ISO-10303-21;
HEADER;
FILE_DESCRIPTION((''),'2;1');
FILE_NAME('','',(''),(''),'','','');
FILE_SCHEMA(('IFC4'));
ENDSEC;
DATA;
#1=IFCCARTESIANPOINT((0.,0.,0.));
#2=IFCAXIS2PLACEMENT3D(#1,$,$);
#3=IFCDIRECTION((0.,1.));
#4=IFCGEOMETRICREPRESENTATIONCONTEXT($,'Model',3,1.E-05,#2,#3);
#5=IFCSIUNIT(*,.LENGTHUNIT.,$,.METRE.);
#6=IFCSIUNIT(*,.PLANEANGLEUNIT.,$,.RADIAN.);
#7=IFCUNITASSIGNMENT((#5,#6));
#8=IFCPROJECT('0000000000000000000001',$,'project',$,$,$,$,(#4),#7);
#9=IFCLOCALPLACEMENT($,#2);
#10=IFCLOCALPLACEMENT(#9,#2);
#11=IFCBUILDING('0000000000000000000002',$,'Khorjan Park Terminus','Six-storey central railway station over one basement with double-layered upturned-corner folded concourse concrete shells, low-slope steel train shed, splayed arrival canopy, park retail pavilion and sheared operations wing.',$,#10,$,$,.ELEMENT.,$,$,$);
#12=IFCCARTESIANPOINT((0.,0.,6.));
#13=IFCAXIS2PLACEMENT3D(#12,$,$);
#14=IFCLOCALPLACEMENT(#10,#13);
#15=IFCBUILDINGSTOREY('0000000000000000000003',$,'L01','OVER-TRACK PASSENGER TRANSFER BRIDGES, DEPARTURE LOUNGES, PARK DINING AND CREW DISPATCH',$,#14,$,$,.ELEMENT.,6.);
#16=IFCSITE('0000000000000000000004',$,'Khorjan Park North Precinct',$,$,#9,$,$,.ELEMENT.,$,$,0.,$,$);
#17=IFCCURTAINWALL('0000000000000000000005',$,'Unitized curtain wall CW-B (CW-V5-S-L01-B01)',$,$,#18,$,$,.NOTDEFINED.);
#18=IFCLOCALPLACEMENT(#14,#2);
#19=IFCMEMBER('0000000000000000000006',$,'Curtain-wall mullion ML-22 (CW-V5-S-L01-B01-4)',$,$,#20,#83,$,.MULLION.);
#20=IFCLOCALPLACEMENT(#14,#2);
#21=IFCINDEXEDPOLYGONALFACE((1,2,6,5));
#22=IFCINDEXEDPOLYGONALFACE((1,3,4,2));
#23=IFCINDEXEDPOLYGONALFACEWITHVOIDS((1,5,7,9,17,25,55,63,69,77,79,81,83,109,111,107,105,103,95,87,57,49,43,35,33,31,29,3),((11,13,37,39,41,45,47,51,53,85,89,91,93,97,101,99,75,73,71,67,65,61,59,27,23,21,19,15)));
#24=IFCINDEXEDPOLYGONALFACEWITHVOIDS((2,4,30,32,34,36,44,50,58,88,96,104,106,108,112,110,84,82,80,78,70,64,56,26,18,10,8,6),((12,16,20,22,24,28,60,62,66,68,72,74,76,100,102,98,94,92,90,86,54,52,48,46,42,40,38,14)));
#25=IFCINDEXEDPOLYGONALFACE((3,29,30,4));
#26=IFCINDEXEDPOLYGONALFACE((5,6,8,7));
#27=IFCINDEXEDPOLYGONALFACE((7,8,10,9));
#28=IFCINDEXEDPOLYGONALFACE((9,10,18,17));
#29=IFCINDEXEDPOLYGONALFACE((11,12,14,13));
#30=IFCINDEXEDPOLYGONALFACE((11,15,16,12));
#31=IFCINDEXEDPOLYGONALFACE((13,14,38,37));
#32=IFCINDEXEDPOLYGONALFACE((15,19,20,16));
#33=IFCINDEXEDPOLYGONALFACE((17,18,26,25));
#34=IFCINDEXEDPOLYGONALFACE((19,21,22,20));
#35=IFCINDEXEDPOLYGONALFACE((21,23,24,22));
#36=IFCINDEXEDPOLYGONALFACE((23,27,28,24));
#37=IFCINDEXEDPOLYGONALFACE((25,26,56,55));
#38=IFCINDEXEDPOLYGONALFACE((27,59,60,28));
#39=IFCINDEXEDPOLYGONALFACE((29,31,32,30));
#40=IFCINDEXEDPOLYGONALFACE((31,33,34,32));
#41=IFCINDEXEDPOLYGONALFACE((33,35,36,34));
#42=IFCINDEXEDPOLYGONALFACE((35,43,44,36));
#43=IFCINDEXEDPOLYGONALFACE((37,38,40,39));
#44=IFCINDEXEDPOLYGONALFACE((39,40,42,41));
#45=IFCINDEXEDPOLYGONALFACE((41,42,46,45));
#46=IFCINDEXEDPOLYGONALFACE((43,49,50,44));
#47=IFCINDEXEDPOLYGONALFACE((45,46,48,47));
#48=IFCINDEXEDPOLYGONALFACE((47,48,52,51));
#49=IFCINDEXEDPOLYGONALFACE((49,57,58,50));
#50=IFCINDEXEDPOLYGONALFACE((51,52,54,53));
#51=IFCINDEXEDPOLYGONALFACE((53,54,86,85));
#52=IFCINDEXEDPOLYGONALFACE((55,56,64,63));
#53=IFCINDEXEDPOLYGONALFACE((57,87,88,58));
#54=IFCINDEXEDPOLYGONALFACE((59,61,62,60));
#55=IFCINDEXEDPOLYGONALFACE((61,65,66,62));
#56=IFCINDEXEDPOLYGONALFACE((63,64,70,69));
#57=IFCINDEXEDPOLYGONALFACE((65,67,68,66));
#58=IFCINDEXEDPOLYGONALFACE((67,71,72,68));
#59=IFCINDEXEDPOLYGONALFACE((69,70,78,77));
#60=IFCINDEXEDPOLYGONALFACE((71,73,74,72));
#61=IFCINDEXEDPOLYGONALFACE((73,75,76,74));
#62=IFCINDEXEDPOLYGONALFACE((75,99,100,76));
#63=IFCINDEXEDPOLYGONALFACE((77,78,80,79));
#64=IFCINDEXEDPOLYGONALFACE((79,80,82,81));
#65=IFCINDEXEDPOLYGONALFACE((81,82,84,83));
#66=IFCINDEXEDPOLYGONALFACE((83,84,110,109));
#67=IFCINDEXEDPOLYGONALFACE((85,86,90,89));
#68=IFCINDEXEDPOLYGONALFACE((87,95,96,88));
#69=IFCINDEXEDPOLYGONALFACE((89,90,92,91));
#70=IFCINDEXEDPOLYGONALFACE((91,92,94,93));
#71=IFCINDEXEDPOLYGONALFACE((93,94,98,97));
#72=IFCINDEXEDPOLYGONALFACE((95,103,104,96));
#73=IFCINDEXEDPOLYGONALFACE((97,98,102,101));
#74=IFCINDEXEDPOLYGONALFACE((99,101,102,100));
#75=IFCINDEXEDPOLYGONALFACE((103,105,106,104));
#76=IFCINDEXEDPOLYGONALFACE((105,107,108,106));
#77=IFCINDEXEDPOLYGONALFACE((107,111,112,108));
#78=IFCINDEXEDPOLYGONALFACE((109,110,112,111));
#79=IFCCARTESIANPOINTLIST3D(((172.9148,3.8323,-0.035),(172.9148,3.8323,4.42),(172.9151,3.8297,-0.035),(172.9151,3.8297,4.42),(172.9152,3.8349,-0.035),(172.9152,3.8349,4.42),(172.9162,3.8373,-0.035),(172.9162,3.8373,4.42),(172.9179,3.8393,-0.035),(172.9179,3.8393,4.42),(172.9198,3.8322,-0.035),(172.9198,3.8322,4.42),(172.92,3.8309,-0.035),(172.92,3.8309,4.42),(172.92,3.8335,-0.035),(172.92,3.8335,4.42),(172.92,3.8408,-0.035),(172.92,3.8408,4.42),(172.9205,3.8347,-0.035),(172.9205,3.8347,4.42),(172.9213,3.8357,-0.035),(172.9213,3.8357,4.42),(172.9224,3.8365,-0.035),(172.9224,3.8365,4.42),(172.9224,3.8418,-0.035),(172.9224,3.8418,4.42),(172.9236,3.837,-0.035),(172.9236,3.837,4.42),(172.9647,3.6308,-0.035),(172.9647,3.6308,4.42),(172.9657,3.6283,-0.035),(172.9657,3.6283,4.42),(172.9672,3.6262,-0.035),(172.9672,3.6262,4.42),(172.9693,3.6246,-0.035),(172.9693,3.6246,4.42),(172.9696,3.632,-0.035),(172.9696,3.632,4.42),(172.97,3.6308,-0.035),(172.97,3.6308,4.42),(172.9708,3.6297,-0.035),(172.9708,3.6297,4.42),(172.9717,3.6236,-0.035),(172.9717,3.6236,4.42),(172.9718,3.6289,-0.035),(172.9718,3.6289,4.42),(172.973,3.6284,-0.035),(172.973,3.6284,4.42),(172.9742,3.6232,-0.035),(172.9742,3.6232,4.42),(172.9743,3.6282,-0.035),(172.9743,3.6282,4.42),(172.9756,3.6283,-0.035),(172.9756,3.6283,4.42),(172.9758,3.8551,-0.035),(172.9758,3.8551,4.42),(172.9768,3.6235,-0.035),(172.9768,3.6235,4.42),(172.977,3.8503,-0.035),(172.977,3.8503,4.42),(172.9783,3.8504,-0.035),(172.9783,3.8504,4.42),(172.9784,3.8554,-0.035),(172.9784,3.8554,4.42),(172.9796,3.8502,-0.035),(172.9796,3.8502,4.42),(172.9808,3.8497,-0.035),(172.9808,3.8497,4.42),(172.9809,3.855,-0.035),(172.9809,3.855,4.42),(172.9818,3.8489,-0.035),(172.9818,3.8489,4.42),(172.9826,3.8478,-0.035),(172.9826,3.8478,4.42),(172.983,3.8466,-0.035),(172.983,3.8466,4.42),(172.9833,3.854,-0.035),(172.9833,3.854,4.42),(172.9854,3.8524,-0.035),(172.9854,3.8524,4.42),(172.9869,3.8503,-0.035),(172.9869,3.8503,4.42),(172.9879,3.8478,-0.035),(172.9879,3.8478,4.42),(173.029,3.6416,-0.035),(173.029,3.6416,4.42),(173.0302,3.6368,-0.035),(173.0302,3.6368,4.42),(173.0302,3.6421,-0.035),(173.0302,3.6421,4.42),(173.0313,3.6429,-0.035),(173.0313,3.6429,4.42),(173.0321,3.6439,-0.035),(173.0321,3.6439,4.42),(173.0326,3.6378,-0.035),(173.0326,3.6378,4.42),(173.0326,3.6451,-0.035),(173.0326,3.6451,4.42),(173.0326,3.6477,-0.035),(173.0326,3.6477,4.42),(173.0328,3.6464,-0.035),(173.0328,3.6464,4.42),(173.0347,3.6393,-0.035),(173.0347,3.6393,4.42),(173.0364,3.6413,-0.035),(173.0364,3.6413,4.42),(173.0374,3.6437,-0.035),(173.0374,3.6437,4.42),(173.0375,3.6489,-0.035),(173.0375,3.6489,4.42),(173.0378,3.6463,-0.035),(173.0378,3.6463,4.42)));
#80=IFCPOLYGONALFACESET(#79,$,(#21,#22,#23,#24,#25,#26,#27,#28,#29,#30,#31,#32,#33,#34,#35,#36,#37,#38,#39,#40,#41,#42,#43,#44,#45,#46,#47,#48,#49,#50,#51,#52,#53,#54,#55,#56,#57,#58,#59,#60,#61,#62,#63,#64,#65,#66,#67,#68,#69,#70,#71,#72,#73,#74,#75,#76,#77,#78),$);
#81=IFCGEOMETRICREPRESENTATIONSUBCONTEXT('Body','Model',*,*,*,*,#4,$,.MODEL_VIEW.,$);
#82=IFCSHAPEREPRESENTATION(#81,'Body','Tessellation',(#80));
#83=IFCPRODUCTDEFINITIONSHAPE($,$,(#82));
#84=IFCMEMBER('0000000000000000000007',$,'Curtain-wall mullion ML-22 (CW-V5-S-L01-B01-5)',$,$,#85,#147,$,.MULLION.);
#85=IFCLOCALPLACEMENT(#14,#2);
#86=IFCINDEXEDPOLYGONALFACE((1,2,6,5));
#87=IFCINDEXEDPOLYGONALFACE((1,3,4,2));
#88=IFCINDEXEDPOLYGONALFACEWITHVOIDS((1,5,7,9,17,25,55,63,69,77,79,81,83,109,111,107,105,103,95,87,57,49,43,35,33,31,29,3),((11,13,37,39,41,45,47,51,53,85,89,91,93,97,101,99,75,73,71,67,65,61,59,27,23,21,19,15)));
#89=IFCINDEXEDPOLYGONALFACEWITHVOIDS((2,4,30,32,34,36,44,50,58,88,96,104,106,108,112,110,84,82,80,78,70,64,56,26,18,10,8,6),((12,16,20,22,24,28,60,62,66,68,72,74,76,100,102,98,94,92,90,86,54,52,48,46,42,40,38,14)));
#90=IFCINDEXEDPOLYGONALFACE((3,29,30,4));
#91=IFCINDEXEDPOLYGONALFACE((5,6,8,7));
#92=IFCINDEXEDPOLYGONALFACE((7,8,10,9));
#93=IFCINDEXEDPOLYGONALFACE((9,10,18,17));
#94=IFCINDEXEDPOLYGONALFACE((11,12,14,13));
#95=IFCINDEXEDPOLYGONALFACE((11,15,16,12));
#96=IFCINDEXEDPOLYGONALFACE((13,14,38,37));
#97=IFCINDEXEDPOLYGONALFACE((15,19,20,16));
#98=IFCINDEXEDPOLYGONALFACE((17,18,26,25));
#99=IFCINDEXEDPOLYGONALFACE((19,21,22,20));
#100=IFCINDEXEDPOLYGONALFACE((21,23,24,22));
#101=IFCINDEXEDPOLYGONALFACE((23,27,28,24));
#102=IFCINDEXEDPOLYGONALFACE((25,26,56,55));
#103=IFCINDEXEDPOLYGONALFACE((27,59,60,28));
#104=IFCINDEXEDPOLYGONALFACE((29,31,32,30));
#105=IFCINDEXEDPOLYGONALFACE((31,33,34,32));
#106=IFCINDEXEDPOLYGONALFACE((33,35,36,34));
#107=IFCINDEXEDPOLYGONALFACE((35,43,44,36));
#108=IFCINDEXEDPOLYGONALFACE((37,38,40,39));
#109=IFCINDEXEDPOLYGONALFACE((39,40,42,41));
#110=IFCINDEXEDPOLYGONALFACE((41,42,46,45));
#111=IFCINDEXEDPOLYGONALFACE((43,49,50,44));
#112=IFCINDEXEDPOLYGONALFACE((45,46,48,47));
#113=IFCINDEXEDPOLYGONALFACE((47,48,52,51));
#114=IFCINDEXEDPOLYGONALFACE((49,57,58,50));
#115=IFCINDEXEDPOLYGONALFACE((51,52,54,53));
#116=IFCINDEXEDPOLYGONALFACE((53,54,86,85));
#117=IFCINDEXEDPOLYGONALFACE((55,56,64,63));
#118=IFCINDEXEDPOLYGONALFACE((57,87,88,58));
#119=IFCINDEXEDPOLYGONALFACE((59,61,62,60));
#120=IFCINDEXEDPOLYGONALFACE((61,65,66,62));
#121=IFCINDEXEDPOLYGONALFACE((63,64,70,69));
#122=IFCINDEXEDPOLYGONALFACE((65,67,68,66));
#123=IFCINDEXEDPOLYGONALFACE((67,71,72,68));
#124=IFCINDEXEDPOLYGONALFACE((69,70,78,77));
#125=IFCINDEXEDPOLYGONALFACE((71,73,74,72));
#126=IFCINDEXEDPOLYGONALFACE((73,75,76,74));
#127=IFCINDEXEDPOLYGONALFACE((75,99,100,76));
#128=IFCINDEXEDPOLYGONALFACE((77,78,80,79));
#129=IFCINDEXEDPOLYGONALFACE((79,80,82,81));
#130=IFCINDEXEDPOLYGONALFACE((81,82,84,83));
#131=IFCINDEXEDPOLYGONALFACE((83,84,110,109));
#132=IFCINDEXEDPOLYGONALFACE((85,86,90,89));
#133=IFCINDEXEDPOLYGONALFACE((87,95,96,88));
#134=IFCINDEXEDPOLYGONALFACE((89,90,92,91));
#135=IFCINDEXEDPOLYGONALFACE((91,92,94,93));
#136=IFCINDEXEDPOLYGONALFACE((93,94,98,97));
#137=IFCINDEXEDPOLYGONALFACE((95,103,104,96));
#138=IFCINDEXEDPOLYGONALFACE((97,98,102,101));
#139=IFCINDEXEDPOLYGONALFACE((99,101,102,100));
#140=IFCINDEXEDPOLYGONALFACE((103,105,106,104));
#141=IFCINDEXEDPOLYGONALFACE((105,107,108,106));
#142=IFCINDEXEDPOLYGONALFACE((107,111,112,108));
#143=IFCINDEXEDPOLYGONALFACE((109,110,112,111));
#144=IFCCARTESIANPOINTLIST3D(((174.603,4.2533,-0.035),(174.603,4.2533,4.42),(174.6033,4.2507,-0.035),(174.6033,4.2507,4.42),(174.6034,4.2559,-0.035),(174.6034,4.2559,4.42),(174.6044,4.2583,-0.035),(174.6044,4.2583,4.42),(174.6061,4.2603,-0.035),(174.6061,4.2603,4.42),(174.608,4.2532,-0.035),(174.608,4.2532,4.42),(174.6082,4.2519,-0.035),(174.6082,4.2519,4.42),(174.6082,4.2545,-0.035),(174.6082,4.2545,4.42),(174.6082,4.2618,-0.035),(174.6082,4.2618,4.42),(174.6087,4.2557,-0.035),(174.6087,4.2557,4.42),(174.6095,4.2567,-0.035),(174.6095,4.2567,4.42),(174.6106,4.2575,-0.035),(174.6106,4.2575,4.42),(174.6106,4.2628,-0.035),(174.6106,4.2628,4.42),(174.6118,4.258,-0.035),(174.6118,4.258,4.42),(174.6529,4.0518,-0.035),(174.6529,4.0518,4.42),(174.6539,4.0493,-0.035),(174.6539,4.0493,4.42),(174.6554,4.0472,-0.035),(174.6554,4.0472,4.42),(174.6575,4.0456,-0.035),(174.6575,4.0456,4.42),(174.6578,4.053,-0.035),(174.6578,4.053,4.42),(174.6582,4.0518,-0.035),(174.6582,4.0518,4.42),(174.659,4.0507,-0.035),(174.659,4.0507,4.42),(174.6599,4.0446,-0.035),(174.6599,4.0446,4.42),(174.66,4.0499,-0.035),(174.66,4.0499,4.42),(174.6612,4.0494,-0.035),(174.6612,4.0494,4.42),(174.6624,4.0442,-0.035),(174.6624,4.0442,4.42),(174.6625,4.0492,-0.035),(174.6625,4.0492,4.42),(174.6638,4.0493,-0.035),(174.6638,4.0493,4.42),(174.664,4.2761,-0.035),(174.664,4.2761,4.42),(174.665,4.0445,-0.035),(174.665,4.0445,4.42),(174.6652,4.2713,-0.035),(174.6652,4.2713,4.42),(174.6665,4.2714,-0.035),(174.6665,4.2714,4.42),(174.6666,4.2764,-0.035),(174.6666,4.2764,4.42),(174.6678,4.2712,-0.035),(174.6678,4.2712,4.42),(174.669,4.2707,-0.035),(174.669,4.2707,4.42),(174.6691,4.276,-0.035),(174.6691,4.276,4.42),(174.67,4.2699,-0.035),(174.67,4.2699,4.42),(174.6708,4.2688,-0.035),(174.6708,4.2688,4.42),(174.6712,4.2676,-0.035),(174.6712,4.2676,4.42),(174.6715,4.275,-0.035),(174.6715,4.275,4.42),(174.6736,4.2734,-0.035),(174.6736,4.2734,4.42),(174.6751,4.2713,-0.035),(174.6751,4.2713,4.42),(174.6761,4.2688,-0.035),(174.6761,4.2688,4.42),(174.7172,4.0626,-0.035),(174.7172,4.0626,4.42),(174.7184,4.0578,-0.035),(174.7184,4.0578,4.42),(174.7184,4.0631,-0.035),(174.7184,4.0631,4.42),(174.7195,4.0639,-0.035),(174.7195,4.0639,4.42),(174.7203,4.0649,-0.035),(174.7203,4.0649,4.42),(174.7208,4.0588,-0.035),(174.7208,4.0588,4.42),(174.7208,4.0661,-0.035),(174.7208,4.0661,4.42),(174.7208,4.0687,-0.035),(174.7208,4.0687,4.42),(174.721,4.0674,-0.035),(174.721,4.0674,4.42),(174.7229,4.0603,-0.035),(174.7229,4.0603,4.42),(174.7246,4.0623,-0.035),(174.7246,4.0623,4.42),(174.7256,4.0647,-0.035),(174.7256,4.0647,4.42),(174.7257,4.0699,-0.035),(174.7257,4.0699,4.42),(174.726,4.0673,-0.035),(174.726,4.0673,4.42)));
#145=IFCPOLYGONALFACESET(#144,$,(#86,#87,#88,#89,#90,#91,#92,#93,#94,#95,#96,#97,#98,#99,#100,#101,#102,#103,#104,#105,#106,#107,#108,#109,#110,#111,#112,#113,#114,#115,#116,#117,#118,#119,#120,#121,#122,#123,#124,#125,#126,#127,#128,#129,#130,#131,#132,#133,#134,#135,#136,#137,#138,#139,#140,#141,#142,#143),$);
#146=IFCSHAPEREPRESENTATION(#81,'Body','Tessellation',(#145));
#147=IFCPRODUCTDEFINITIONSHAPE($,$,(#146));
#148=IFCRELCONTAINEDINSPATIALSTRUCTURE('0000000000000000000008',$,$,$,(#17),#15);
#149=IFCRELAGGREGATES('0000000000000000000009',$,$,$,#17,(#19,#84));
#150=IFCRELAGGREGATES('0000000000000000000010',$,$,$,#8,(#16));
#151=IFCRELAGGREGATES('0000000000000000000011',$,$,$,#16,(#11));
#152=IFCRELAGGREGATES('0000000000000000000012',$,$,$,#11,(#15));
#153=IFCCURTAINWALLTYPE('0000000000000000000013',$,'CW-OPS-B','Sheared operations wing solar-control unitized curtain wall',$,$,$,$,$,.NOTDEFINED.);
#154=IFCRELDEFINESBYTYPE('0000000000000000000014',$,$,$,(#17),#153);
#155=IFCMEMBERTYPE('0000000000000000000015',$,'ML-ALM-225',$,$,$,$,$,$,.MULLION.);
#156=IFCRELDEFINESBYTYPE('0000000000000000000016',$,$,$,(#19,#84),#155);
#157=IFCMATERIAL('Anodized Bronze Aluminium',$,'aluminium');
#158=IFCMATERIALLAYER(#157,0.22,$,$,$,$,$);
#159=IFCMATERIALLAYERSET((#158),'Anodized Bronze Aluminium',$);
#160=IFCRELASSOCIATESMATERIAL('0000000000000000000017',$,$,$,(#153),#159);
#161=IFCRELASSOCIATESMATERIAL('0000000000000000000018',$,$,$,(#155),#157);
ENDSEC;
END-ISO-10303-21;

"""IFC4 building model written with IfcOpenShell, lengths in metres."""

from ifc_helpers import new_model, si_unit, direction, frame, origin, origin_2d, place, context, subcontext, project, spatial, hollow_rectangle, extrude, material, layer, layer_set, material_profile, profile_set, type_object, element, aggregate, save


model = new_model("IFC4")

# Units and contexts
model_context = context("Model", 3, precision=1e-05, world=origin(), true_north=direction((0.0, 1.0)))
body_context = subcontext(model_context, "Body", "Model", "MODEL_VIEW")
ifc_project = project(units=[si_unit("LENGTHUNIT", "METRE"), si_unit("PLANEANGLEUNIT", "RADIAN")], contexts=[model_context])

# Site, building, storey
site_placement = place(None, origin())
site = spatial("IfcSite", under=ifc_project, at=site_placement, Name="Khorjan Park North Precinct", CompositionType="ELEMENT", RefElevation=0.0)
building_placement = place(site_placement, origin())
building = spatial("IfcBuilding", under=site, at=building_placement, Name="Khorjan Park Terminus", Description="Six-storey central railway station over one basement with double-layered upturned-corner folded concourse concrete shells, low-slope steel train shed, splayed arrival canopy, park retail pavilion and sheared operations wing.", CompositionType="ELEMENT")
storey_placement = place(building_placement, frame((0.0, 0.0, 6.0)))
storey = spatial("IfcBuildingStorey", under=building, at=storey_placement, Name="L01", Description="OVER-TRACK PASSENGER TRANSFER BRIDGES, DEPARTURE LOUNGES, PARK DINING AND CREW DISPATCH", CompositionType="ELEMENT", Elevation=6.0)

# Curtain wall, members
ifc_material_1 = material(Name="Anodized Bronze Aluminium", Category="aluminium")
ifc_layer_1 = layer(ifc_material_1, 0.22)
ifc_layer_set_1 = layer_set([ifc_layer_1], Name="Anodized Bronze Aluminium")
curtain_wall_type = type_object("IfcCurtainWallType", Name="CW-OPS-B", Description="Sheared operations wing solar-control unitized curtain wall", PredefinedType="NOTDEFINED", material=ifc_layer_set_1)
curtain_wall_placement = place(storey_placement, origin())
curtain_wall = element("IfcCurtainWall", 1, at=curtain_wall_placement, inside=storey, type_object=curtain_wall_type, Name="Unitized curtain wall CW-B (CW-V5-S-L01-B01)", PredefinedType="NOTDEFINED")
ifc_material_profile_1 = material_profile(ifc_material_1, hollow_rectangle(XDim=0.075, YDim=0.225, WallThickness=0.005, InnerFilletRadius=0.005, OuterFilletRadius=0.01, at=origin_2d()), Name="ALM 75x225x5")
ifc_profile_set_1 = profile_set([ifc_material_profile_1], Name="Anodized Bronze Aluminium")
member_type_1 = type_object("IfcMemberType", Name="ML-ALM-225", PredefinedType="MULLION", material=ifc_profile_set_1)
member_1_placement = place(storey_placement, frame((172.9763, 3.7393, -0.035), z_axis=(0.0, 0.0, 1.0), x_axis=(0.970296, 0.241923, 0.0)))
member_1 = element("IfcMember", 2, at=member_1_placement, type_object=member_type_1, Name="Curtain-wall mullion ML-22 (CW-V5-S-L01-B01-4)", PredefinedType="MULLION", context=body_context, shape_type="SweptSolid", body=[
    extrude(hollow_rectangle(XDim=0.075, YDim=0.225, WallThickness=0.005, InnerFilletRadius=0.005, OuterFilletRadius=0.01, at=origin_2d()), origin(), (0.0, 0.0, 1.0), 4.455),
])
member_2_placement = place(storey_placement, frame((174.6645, 4.1603, -0.035), z_axis=(0.0, 0.0, 1.0), x_axis=(0.970296, 0.241923, 0.0)))
member_2 = element("IfcMember", 3, at=member_2_placement, type_object=member_type_1, Name="Curtain-wall mullion ML-22 (CW-V5-S-L01-B01-5)", PredefinedType="MULLION", context=body_context, shape_type="SweptSolid", body=[
    extrude(hollow_rectangle(XDim=0.075, YDim=0.225, WallThickness=0.005, InnerFilletRadius=0.005, OuterFilletRadius=0.01, at=origin_2d()), origin(), (0.0, 0.0, 1.0), 4.455),
])
aggregate(curtain_wall, [member_1, member_2])

save(model, "model.ifc")
